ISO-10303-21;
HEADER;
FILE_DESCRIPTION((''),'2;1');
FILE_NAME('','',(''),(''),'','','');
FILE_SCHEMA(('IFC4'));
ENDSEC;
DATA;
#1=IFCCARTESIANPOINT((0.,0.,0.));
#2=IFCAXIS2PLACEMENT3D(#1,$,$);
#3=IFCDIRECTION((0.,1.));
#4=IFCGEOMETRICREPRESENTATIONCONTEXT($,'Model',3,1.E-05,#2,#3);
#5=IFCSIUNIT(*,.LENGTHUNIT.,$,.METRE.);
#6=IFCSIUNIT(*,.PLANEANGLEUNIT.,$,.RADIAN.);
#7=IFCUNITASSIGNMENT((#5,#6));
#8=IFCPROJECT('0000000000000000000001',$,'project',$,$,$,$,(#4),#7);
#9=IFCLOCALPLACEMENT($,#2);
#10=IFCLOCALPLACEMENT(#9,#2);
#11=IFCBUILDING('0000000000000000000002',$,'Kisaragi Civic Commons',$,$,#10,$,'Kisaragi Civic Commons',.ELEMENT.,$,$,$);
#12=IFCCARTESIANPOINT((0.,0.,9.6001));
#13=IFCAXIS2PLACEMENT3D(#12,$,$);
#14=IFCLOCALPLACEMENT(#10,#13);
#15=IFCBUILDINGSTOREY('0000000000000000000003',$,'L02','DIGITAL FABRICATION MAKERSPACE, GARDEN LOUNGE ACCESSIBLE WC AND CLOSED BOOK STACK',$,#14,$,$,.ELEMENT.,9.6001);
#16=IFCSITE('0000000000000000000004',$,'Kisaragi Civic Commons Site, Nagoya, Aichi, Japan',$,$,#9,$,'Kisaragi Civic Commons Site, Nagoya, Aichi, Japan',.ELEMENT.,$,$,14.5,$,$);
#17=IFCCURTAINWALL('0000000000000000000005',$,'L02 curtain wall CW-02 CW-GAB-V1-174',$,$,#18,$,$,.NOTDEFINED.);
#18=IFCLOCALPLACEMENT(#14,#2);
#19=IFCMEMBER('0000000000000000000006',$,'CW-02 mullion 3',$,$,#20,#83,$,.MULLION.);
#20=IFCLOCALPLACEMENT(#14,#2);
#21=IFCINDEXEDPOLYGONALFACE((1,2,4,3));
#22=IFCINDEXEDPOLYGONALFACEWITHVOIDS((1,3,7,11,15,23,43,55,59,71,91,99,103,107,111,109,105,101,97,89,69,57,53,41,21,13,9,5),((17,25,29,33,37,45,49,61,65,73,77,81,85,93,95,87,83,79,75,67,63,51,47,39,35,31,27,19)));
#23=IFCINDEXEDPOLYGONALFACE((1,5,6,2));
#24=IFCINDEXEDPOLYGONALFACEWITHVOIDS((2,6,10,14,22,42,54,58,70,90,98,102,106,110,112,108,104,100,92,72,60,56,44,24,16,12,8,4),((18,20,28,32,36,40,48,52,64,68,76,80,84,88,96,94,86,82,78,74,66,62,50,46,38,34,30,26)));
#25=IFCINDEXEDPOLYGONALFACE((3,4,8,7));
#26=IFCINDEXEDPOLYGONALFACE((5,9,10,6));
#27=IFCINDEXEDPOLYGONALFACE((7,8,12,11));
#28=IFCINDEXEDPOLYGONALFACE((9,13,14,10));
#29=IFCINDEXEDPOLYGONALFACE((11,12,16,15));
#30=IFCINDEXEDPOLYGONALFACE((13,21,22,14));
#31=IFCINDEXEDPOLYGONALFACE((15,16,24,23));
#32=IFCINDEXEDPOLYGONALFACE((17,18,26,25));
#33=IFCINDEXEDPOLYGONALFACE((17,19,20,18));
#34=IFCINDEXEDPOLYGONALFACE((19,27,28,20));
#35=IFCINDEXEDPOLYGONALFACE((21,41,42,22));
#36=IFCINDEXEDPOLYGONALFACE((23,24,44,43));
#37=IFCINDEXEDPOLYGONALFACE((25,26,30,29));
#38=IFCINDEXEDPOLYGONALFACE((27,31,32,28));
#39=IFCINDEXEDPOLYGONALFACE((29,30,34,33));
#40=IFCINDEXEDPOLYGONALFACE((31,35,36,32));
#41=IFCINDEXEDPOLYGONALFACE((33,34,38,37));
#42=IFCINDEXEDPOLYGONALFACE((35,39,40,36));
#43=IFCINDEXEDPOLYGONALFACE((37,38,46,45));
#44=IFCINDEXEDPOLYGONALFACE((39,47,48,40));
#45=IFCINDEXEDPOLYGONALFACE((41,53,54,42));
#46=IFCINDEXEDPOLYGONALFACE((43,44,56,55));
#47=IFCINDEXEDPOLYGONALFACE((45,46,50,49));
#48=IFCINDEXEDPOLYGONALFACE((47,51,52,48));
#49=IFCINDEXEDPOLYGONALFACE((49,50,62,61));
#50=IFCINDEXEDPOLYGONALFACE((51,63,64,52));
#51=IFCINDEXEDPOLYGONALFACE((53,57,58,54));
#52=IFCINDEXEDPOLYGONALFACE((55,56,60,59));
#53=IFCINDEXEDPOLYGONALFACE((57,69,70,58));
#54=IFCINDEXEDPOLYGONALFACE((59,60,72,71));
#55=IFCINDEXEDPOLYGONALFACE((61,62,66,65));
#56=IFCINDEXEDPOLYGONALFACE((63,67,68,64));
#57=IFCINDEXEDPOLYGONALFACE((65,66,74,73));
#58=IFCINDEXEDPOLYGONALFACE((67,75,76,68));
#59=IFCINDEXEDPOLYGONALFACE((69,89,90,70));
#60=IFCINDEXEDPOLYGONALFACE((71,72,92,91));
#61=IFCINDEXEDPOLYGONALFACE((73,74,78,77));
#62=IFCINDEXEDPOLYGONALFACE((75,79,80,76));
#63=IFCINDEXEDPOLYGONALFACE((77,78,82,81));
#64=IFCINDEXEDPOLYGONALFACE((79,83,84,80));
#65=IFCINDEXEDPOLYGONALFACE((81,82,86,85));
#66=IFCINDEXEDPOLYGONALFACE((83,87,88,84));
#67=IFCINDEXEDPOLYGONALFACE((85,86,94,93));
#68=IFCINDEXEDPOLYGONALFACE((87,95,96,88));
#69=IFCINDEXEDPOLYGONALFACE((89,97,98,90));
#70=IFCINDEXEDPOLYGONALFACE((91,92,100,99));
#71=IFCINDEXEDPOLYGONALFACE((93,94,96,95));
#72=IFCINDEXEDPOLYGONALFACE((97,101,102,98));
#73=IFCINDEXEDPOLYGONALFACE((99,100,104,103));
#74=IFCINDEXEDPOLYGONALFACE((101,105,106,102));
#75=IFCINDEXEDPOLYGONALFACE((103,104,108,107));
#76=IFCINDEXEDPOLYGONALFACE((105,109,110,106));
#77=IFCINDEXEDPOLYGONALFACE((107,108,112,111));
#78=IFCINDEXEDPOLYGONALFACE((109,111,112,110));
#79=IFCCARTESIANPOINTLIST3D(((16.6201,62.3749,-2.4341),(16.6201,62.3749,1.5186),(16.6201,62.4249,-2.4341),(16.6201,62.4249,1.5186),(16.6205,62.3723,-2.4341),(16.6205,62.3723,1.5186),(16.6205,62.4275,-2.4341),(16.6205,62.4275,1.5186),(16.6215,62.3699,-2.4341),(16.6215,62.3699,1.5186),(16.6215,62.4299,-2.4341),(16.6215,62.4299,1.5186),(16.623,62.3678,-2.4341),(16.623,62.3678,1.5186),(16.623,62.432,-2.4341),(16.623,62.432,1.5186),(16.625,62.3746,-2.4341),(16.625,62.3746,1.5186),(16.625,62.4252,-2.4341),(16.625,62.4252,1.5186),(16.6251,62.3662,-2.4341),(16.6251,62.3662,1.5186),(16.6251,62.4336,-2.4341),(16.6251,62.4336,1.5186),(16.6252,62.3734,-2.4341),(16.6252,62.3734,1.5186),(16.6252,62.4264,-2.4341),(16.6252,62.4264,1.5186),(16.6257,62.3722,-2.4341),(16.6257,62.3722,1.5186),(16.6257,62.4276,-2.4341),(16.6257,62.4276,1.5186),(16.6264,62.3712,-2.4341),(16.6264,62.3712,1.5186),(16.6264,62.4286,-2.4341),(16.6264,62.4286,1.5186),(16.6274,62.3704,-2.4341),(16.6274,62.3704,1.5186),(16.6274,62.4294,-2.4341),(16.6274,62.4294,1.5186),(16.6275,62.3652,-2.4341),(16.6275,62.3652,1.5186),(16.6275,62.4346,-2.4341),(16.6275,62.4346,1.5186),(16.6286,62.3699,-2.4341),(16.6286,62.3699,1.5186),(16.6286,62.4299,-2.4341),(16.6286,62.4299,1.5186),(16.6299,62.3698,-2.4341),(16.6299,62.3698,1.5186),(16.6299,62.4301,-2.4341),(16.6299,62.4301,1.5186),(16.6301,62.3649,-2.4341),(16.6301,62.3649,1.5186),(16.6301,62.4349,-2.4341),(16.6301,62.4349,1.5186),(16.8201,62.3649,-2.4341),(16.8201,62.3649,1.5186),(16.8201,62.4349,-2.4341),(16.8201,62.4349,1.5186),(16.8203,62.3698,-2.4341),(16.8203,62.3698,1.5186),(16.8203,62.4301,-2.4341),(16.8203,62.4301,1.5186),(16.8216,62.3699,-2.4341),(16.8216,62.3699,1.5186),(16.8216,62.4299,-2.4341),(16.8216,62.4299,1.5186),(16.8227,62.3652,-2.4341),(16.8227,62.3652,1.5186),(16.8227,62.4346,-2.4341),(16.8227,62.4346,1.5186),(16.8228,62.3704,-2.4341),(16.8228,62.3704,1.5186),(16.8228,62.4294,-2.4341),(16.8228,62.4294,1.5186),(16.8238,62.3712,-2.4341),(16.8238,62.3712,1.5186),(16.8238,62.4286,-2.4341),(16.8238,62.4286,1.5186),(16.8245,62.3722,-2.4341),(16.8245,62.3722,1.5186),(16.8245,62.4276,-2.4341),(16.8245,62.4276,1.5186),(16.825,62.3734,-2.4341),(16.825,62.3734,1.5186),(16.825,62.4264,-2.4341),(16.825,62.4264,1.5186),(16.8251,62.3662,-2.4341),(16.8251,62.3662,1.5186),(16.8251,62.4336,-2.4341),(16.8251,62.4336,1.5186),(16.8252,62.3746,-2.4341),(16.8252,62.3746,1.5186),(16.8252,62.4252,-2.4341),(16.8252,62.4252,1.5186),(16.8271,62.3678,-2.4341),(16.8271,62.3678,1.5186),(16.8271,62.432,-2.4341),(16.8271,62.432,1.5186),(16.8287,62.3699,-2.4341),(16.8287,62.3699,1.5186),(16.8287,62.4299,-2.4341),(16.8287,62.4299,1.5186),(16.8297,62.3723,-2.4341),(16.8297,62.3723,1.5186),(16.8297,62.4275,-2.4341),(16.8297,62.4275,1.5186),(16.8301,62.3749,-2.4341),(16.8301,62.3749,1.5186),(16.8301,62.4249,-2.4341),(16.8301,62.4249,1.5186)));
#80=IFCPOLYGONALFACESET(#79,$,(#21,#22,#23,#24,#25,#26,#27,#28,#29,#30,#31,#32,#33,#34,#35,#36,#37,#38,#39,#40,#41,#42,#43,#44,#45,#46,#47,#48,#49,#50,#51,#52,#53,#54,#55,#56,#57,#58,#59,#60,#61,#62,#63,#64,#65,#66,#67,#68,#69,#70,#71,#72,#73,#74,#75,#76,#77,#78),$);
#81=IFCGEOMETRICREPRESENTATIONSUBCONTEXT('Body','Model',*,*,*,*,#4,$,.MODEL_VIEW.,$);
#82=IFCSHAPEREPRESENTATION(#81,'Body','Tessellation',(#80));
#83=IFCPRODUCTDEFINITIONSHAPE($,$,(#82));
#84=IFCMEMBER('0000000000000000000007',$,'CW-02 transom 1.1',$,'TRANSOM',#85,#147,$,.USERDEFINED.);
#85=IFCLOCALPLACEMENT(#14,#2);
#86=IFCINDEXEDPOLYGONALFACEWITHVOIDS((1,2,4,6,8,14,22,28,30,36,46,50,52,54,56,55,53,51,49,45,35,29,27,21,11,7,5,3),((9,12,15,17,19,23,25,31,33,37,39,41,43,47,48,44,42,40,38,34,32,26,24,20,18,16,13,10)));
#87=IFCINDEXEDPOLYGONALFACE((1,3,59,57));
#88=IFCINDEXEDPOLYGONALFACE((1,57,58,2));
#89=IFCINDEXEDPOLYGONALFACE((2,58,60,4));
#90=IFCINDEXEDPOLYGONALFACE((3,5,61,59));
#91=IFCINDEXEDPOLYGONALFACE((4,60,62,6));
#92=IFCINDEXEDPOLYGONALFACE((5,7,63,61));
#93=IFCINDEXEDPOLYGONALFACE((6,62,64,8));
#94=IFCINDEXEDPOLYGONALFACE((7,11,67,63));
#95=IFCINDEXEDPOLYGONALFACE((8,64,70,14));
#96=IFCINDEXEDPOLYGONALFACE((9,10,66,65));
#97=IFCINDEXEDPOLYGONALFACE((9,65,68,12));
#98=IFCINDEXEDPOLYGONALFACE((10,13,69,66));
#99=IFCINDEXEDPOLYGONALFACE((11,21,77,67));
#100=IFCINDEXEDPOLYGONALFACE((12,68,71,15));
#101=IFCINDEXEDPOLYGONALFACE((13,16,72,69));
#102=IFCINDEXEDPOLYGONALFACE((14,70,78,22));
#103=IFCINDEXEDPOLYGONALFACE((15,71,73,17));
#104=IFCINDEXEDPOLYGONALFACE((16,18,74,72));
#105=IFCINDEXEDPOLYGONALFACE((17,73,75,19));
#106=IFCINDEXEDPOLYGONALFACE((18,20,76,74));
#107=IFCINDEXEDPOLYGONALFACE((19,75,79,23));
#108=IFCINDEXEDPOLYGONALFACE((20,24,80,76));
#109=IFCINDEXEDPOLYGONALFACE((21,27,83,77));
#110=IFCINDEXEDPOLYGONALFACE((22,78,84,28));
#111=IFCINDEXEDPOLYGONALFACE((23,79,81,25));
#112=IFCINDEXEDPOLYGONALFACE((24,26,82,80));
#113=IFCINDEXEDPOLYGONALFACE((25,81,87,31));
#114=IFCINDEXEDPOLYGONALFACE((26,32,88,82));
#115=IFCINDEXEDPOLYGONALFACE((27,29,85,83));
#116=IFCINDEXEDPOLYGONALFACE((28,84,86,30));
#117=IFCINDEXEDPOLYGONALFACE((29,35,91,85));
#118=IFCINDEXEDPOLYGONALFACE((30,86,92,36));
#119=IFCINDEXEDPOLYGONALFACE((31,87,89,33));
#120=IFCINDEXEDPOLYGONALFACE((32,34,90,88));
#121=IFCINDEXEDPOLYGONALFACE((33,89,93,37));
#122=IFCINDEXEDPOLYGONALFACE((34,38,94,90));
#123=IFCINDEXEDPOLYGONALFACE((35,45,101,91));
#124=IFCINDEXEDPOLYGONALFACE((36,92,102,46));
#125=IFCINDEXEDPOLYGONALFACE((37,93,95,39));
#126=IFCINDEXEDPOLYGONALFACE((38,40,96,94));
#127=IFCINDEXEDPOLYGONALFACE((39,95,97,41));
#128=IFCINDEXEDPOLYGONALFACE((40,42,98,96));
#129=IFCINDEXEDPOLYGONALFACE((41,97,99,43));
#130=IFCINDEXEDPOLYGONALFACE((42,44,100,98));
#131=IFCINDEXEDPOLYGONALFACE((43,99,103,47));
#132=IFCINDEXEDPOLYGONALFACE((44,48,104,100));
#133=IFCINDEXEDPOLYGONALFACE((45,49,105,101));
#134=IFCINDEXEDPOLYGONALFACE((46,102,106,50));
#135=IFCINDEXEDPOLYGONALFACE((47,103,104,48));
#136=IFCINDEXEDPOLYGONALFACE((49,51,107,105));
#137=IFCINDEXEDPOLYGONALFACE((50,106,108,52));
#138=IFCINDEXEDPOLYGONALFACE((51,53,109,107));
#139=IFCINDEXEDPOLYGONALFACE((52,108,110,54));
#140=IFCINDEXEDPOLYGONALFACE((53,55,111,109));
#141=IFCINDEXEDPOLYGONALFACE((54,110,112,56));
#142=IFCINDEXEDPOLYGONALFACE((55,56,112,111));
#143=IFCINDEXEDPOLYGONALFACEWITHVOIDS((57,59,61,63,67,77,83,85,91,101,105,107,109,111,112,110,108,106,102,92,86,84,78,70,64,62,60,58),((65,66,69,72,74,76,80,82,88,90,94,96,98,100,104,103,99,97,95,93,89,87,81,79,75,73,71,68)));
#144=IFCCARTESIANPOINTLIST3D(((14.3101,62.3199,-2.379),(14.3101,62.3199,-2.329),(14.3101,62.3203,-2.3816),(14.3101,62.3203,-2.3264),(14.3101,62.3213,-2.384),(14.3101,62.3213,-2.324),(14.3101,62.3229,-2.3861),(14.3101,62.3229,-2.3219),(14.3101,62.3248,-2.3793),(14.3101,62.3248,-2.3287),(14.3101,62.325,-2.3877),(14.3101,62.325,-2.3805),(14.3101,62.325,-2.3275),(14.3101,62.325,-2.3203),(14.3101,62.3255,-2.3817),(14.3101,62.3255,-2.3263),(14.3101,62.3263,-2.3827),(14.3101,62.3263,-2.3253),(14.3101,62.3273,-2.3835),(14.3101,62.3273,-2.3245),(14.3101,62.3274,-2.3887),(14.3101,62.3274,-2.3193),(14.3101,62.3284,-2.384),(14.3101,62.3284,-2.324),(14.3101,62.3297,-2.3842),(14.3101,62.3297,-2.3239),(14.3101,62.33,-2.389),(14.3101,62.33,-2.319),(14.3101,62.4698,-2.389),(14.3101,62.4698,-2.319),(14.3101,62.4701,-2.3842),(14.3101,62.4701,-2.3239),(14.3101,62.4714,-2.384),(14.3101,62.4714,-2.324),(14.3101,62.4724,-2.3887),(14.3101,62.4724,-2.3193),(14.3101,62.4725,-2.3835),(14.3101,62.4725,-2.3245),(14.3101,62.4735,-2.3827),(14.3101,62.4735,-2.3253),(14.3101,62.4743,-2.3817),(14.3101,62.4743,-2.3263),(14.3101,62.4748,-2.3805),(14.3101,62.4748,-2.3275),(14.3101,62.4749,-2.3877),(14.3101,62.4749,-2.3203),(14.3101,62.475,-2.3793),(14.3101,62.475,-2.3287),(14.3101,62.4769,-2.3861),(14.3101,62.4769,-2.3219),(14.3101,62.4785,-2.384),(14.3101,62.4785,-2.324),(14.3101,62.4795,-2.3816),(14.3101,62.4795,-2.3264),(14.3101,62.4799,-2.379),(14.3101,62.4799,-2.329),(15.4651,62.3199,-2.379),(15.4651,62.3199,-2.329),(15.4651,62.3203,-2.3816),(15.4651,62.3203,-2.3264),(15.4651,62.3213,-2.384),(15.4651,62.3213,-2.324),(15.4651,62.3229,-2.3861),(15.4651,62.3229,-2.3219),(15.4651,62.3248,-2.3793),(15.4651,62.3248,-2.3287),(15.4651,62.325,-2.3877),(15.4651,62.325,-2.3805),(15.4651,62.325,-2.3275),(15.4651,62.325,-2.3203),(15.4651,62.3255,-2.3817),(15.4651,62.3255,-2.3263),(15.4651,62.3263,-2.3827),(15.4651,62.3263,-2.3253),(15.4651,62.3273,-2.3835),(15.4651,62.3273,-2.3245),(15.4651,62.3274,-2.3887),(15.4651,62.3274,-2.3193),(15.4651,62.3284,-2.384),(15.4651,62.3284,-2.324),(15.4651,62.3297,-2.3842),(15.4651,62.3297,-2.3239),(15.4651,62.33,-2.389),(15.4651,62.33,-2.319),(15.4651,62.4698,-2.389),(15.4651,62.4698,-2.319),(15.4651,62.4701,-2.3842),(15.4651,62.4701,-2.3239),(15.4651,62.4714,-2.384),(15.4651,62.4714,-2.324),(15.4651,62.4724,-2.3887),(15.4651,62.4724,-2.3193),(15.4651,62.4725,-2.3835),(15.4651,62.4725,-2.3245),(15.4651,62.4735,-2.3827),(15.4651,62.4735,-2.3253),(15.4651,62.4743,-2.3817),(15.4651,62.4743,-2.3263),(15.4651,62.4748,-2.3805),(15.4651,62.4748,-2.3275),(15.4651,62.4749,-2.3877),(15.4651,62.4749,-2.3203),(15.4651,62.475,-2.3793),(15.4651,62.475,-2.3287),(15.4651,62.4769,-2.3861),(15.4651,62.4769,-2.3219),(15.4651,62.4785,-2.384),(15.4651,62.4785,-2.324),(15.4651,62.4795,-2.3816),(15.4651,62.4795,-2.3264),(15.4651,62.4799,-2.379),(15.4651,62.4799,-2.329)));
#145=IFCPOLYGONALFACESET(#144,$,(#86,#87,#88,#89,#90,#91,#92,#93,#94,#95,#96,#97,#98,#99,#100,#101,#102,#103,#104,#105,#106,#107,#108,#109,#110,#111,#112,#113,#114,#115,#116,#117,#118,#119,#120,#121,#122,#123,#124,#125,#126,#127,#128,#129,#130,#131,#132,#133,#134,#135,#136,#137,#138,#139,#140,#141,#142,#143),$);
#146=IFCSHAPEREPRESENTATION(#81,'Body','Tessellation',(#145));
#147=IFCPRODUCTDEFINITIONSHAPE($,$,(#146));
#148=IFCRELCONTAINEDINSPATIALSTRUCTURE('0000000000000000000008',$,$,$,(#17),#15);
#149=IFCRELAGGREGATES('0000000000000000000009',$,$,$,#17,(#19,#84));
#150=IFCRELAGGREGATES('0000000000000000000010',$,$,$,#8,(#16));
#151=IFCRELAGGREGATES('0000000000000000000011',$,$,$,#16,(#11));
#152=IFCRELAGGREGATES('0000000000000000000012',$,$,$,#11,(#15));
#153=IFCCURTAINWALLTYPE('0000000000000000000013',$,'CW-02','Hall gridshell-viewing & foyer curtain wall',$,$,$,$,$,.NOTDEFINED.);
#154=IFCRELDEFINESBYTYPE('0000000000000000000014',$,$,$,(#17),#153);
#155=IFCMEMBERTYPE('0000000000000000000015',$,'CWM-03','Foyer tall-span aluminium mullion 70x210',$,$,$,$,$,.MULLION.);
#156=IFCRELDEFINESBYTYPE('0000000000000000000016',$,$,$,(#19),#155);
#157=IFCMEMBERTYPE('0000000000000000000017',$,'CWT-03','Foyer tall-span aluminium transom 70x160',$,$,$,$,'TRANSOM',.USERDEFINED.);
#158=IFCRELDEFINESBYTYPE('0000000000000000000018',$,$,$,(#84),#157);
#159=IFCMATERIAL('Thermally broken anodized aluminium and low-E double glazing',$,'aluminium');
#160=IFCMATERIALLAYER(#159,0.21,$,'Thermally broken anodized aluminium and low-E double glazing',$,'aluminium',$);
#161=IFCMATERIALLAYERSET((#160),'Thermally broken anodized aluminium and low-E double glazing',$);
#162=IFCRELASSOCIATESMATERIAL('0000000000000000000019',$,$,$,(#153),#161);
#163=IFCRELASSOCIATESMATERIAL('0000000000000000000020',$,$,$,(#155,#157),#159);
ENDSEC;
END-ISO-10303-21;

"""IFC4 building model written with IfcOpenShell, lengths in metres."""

from ifc_helpers import new_model, si_unit, direction, frame, origin, origin_2d, place, context, subcontext, project, spatial, hollow_rectangle, extrude, material, layer, layer_set, material_profile, profile_set, type_object, element, aggregate, save


model = new_model("IFC4")

# Units and contexts
model_context = context("Model", 3, precision=1e-05, world=origin(), true_north=direction((0.0, 1.0)))
body_context = subcontext(model_context, "Body", "Model", "MODEL_VIEW")
ifc_project = project(units=[si_unit("LENGTHUNIT", "METRE"), si_unit("PLANEANGLEUNIT", "RADIAN")], contexts=[model_context])

# Site, building, storey
site_placement = place(None, origin())
site = spatial("IfcSite", under=ifc_project, at=site_placement, Name="Kisaragi Civic Commons Site, Nagoya, Aichi, Japan", LongName="Kisaragi Civic Commons Site, Nagoya, Aichi, Japan", CompositionType="ELEMENT", RefElevation=14.5)
building_placement = place(site_placement, origin())
building = spatial("IfcBuilding", under=site, at=building_placement, Name="Kisaragi Civic Commons", LongName="Kisaragi Civic Commons", CompositionType="ELEMENT")
storey_placement = place(building_placement, frame((0.0, 0.0, 9.6001)))
storey = spatial("IfcBuildingStorey", under=building, at=storey_placement, Name="L02", Description="DIGITAL FABRICATION MAKERSPACE, GARDEN LOUNGE ACCESSIBLE WC AND CLOSED BOOK STACK", CompositionType="ELEMENT", Elevation=9.6001)

# Curtain wall, members
ifc_material_1 = material(Name="Thermally broken anodized aluminium and low-E double glazing", Category="aluminium")
ifc_layer_1 = layer(ifc_material_1, 0.21, Name="Thermally broken anodized aluminium and low-E double glazing", Category="aluminium")
ifc_layer_set_1 = layer_set([ifc_layer_1], Name="Thermally broken anodized aluminium and low-E double glazing")
curtain_wall_type = type_object("IfcCurtainWallType", Name="CW-02", Description="Hall gridshell-viewing & foyer curtain wall", PredefinedType="NOTDEFINED", material=ifc_layer_set_1)
curtain_wall_placement = place(storey_placement, origin())
curtain_wall = element("IfcCurtainWall", 1, at=curtain_wall_placement, inside=storey, type_object=curtain_wall_type, Name="L02 curtain wall CW-02 CW-GAB-V1-174", PredefinedType="NOTDEFINED")
ifc_material_profile_1 = material_profile(ifc_material_1, hollow_rectangle(XDim=0.0701, YDim=0.21, WallThickness=0.0049, InnerFilletRadius=0.0049, OuterFilletRadius=0.01, at=origin_2d()), Name="CWM-70x210x5", Category="aluminium")
ifc_profile_set_1 = profile_set([ifc_material_profile_1], Name="Thermally broken anodized aluminium and low-E double glazing")
member_type_1 = type_object("IfcMemberType", Name="CWM-03", Description="Foyer tall-span aluminium mullion 70x210", PredefinedType="MULLION", material=ifc_profile_set_1)
member_1_placement = place(storey_placement, frame((16.7251, 62.3999, -2.4341), z_axis=(0.0, 0.0, 1.0), x_axis=(0.0, 1.0, 0.0)))
member_1 = element("IfcMember", 2, at=member_1_placement, type_object=member_type_1, Name="CW-02 mullion 3", PredefinedType="MULLION", context=body_context, shape_type="SweptSolid", body=[
    extrude(hollow_rectangle(XDim=0.0701, YDim=0.21, WallThickness=0.0049, InnerFilletRadius=0.0049, OuterFilletRadius=0.01, at=origin_2d()), origin(), (0.0, 0.0, 1.0), 3.9526),
])
ifc_material_profile_2 = material_profile(ifc_material_1, hollow_rectangle(XDim=0.1599, YDim=0.0701, WallThickness=0.0049, InnerFilletRadius=0.0049, OuterFilletRadius=0.01, at=origin_2d()), Name="CWT-70x160x5", Category="aluminium")
ifc_profile_set_2 = profile_set([ifc_material_profile_2], Name="Thermally broken anodized aluminium and low-E double glazing")
member_type_2 = type_object("IfcMemberType", Name="CWT-03", Description="Foyer tall-span aluminium transom 70x160", ElementType="TRANSOM", PredefinedType="USERDEFINED", material=ifc_profile_set_2)
member_2_placement = place(storey_placement, frame((14.3101, 62.3999, -2.354), z_axis=(1.0, 0.0, 0.0), x_axis=(0.0, 1.0, 0.0)))
member_2 = element("IfcMember", 3, at=member_2_placement, type_object=member_type_2, Name="CW-02 transom 1.1", ObjectType="TRANSOM", PredefinedType="USERDEFINED", context=body_context, shape_type="SweptSolid", body=[
    extrude(hollow_rectangle(XDim=0.1599, YDim=0.0701, WallThickness=0.0049, InnerFilletRadius=0.0049, OuterFilletRadius=0.01, at=origin_2d()), origin(), (0.0, 0.0, 1.0), 1.155),
])

aggregate(curtain_wall, [member_1, member_2])

save(model, "model.ifc")
